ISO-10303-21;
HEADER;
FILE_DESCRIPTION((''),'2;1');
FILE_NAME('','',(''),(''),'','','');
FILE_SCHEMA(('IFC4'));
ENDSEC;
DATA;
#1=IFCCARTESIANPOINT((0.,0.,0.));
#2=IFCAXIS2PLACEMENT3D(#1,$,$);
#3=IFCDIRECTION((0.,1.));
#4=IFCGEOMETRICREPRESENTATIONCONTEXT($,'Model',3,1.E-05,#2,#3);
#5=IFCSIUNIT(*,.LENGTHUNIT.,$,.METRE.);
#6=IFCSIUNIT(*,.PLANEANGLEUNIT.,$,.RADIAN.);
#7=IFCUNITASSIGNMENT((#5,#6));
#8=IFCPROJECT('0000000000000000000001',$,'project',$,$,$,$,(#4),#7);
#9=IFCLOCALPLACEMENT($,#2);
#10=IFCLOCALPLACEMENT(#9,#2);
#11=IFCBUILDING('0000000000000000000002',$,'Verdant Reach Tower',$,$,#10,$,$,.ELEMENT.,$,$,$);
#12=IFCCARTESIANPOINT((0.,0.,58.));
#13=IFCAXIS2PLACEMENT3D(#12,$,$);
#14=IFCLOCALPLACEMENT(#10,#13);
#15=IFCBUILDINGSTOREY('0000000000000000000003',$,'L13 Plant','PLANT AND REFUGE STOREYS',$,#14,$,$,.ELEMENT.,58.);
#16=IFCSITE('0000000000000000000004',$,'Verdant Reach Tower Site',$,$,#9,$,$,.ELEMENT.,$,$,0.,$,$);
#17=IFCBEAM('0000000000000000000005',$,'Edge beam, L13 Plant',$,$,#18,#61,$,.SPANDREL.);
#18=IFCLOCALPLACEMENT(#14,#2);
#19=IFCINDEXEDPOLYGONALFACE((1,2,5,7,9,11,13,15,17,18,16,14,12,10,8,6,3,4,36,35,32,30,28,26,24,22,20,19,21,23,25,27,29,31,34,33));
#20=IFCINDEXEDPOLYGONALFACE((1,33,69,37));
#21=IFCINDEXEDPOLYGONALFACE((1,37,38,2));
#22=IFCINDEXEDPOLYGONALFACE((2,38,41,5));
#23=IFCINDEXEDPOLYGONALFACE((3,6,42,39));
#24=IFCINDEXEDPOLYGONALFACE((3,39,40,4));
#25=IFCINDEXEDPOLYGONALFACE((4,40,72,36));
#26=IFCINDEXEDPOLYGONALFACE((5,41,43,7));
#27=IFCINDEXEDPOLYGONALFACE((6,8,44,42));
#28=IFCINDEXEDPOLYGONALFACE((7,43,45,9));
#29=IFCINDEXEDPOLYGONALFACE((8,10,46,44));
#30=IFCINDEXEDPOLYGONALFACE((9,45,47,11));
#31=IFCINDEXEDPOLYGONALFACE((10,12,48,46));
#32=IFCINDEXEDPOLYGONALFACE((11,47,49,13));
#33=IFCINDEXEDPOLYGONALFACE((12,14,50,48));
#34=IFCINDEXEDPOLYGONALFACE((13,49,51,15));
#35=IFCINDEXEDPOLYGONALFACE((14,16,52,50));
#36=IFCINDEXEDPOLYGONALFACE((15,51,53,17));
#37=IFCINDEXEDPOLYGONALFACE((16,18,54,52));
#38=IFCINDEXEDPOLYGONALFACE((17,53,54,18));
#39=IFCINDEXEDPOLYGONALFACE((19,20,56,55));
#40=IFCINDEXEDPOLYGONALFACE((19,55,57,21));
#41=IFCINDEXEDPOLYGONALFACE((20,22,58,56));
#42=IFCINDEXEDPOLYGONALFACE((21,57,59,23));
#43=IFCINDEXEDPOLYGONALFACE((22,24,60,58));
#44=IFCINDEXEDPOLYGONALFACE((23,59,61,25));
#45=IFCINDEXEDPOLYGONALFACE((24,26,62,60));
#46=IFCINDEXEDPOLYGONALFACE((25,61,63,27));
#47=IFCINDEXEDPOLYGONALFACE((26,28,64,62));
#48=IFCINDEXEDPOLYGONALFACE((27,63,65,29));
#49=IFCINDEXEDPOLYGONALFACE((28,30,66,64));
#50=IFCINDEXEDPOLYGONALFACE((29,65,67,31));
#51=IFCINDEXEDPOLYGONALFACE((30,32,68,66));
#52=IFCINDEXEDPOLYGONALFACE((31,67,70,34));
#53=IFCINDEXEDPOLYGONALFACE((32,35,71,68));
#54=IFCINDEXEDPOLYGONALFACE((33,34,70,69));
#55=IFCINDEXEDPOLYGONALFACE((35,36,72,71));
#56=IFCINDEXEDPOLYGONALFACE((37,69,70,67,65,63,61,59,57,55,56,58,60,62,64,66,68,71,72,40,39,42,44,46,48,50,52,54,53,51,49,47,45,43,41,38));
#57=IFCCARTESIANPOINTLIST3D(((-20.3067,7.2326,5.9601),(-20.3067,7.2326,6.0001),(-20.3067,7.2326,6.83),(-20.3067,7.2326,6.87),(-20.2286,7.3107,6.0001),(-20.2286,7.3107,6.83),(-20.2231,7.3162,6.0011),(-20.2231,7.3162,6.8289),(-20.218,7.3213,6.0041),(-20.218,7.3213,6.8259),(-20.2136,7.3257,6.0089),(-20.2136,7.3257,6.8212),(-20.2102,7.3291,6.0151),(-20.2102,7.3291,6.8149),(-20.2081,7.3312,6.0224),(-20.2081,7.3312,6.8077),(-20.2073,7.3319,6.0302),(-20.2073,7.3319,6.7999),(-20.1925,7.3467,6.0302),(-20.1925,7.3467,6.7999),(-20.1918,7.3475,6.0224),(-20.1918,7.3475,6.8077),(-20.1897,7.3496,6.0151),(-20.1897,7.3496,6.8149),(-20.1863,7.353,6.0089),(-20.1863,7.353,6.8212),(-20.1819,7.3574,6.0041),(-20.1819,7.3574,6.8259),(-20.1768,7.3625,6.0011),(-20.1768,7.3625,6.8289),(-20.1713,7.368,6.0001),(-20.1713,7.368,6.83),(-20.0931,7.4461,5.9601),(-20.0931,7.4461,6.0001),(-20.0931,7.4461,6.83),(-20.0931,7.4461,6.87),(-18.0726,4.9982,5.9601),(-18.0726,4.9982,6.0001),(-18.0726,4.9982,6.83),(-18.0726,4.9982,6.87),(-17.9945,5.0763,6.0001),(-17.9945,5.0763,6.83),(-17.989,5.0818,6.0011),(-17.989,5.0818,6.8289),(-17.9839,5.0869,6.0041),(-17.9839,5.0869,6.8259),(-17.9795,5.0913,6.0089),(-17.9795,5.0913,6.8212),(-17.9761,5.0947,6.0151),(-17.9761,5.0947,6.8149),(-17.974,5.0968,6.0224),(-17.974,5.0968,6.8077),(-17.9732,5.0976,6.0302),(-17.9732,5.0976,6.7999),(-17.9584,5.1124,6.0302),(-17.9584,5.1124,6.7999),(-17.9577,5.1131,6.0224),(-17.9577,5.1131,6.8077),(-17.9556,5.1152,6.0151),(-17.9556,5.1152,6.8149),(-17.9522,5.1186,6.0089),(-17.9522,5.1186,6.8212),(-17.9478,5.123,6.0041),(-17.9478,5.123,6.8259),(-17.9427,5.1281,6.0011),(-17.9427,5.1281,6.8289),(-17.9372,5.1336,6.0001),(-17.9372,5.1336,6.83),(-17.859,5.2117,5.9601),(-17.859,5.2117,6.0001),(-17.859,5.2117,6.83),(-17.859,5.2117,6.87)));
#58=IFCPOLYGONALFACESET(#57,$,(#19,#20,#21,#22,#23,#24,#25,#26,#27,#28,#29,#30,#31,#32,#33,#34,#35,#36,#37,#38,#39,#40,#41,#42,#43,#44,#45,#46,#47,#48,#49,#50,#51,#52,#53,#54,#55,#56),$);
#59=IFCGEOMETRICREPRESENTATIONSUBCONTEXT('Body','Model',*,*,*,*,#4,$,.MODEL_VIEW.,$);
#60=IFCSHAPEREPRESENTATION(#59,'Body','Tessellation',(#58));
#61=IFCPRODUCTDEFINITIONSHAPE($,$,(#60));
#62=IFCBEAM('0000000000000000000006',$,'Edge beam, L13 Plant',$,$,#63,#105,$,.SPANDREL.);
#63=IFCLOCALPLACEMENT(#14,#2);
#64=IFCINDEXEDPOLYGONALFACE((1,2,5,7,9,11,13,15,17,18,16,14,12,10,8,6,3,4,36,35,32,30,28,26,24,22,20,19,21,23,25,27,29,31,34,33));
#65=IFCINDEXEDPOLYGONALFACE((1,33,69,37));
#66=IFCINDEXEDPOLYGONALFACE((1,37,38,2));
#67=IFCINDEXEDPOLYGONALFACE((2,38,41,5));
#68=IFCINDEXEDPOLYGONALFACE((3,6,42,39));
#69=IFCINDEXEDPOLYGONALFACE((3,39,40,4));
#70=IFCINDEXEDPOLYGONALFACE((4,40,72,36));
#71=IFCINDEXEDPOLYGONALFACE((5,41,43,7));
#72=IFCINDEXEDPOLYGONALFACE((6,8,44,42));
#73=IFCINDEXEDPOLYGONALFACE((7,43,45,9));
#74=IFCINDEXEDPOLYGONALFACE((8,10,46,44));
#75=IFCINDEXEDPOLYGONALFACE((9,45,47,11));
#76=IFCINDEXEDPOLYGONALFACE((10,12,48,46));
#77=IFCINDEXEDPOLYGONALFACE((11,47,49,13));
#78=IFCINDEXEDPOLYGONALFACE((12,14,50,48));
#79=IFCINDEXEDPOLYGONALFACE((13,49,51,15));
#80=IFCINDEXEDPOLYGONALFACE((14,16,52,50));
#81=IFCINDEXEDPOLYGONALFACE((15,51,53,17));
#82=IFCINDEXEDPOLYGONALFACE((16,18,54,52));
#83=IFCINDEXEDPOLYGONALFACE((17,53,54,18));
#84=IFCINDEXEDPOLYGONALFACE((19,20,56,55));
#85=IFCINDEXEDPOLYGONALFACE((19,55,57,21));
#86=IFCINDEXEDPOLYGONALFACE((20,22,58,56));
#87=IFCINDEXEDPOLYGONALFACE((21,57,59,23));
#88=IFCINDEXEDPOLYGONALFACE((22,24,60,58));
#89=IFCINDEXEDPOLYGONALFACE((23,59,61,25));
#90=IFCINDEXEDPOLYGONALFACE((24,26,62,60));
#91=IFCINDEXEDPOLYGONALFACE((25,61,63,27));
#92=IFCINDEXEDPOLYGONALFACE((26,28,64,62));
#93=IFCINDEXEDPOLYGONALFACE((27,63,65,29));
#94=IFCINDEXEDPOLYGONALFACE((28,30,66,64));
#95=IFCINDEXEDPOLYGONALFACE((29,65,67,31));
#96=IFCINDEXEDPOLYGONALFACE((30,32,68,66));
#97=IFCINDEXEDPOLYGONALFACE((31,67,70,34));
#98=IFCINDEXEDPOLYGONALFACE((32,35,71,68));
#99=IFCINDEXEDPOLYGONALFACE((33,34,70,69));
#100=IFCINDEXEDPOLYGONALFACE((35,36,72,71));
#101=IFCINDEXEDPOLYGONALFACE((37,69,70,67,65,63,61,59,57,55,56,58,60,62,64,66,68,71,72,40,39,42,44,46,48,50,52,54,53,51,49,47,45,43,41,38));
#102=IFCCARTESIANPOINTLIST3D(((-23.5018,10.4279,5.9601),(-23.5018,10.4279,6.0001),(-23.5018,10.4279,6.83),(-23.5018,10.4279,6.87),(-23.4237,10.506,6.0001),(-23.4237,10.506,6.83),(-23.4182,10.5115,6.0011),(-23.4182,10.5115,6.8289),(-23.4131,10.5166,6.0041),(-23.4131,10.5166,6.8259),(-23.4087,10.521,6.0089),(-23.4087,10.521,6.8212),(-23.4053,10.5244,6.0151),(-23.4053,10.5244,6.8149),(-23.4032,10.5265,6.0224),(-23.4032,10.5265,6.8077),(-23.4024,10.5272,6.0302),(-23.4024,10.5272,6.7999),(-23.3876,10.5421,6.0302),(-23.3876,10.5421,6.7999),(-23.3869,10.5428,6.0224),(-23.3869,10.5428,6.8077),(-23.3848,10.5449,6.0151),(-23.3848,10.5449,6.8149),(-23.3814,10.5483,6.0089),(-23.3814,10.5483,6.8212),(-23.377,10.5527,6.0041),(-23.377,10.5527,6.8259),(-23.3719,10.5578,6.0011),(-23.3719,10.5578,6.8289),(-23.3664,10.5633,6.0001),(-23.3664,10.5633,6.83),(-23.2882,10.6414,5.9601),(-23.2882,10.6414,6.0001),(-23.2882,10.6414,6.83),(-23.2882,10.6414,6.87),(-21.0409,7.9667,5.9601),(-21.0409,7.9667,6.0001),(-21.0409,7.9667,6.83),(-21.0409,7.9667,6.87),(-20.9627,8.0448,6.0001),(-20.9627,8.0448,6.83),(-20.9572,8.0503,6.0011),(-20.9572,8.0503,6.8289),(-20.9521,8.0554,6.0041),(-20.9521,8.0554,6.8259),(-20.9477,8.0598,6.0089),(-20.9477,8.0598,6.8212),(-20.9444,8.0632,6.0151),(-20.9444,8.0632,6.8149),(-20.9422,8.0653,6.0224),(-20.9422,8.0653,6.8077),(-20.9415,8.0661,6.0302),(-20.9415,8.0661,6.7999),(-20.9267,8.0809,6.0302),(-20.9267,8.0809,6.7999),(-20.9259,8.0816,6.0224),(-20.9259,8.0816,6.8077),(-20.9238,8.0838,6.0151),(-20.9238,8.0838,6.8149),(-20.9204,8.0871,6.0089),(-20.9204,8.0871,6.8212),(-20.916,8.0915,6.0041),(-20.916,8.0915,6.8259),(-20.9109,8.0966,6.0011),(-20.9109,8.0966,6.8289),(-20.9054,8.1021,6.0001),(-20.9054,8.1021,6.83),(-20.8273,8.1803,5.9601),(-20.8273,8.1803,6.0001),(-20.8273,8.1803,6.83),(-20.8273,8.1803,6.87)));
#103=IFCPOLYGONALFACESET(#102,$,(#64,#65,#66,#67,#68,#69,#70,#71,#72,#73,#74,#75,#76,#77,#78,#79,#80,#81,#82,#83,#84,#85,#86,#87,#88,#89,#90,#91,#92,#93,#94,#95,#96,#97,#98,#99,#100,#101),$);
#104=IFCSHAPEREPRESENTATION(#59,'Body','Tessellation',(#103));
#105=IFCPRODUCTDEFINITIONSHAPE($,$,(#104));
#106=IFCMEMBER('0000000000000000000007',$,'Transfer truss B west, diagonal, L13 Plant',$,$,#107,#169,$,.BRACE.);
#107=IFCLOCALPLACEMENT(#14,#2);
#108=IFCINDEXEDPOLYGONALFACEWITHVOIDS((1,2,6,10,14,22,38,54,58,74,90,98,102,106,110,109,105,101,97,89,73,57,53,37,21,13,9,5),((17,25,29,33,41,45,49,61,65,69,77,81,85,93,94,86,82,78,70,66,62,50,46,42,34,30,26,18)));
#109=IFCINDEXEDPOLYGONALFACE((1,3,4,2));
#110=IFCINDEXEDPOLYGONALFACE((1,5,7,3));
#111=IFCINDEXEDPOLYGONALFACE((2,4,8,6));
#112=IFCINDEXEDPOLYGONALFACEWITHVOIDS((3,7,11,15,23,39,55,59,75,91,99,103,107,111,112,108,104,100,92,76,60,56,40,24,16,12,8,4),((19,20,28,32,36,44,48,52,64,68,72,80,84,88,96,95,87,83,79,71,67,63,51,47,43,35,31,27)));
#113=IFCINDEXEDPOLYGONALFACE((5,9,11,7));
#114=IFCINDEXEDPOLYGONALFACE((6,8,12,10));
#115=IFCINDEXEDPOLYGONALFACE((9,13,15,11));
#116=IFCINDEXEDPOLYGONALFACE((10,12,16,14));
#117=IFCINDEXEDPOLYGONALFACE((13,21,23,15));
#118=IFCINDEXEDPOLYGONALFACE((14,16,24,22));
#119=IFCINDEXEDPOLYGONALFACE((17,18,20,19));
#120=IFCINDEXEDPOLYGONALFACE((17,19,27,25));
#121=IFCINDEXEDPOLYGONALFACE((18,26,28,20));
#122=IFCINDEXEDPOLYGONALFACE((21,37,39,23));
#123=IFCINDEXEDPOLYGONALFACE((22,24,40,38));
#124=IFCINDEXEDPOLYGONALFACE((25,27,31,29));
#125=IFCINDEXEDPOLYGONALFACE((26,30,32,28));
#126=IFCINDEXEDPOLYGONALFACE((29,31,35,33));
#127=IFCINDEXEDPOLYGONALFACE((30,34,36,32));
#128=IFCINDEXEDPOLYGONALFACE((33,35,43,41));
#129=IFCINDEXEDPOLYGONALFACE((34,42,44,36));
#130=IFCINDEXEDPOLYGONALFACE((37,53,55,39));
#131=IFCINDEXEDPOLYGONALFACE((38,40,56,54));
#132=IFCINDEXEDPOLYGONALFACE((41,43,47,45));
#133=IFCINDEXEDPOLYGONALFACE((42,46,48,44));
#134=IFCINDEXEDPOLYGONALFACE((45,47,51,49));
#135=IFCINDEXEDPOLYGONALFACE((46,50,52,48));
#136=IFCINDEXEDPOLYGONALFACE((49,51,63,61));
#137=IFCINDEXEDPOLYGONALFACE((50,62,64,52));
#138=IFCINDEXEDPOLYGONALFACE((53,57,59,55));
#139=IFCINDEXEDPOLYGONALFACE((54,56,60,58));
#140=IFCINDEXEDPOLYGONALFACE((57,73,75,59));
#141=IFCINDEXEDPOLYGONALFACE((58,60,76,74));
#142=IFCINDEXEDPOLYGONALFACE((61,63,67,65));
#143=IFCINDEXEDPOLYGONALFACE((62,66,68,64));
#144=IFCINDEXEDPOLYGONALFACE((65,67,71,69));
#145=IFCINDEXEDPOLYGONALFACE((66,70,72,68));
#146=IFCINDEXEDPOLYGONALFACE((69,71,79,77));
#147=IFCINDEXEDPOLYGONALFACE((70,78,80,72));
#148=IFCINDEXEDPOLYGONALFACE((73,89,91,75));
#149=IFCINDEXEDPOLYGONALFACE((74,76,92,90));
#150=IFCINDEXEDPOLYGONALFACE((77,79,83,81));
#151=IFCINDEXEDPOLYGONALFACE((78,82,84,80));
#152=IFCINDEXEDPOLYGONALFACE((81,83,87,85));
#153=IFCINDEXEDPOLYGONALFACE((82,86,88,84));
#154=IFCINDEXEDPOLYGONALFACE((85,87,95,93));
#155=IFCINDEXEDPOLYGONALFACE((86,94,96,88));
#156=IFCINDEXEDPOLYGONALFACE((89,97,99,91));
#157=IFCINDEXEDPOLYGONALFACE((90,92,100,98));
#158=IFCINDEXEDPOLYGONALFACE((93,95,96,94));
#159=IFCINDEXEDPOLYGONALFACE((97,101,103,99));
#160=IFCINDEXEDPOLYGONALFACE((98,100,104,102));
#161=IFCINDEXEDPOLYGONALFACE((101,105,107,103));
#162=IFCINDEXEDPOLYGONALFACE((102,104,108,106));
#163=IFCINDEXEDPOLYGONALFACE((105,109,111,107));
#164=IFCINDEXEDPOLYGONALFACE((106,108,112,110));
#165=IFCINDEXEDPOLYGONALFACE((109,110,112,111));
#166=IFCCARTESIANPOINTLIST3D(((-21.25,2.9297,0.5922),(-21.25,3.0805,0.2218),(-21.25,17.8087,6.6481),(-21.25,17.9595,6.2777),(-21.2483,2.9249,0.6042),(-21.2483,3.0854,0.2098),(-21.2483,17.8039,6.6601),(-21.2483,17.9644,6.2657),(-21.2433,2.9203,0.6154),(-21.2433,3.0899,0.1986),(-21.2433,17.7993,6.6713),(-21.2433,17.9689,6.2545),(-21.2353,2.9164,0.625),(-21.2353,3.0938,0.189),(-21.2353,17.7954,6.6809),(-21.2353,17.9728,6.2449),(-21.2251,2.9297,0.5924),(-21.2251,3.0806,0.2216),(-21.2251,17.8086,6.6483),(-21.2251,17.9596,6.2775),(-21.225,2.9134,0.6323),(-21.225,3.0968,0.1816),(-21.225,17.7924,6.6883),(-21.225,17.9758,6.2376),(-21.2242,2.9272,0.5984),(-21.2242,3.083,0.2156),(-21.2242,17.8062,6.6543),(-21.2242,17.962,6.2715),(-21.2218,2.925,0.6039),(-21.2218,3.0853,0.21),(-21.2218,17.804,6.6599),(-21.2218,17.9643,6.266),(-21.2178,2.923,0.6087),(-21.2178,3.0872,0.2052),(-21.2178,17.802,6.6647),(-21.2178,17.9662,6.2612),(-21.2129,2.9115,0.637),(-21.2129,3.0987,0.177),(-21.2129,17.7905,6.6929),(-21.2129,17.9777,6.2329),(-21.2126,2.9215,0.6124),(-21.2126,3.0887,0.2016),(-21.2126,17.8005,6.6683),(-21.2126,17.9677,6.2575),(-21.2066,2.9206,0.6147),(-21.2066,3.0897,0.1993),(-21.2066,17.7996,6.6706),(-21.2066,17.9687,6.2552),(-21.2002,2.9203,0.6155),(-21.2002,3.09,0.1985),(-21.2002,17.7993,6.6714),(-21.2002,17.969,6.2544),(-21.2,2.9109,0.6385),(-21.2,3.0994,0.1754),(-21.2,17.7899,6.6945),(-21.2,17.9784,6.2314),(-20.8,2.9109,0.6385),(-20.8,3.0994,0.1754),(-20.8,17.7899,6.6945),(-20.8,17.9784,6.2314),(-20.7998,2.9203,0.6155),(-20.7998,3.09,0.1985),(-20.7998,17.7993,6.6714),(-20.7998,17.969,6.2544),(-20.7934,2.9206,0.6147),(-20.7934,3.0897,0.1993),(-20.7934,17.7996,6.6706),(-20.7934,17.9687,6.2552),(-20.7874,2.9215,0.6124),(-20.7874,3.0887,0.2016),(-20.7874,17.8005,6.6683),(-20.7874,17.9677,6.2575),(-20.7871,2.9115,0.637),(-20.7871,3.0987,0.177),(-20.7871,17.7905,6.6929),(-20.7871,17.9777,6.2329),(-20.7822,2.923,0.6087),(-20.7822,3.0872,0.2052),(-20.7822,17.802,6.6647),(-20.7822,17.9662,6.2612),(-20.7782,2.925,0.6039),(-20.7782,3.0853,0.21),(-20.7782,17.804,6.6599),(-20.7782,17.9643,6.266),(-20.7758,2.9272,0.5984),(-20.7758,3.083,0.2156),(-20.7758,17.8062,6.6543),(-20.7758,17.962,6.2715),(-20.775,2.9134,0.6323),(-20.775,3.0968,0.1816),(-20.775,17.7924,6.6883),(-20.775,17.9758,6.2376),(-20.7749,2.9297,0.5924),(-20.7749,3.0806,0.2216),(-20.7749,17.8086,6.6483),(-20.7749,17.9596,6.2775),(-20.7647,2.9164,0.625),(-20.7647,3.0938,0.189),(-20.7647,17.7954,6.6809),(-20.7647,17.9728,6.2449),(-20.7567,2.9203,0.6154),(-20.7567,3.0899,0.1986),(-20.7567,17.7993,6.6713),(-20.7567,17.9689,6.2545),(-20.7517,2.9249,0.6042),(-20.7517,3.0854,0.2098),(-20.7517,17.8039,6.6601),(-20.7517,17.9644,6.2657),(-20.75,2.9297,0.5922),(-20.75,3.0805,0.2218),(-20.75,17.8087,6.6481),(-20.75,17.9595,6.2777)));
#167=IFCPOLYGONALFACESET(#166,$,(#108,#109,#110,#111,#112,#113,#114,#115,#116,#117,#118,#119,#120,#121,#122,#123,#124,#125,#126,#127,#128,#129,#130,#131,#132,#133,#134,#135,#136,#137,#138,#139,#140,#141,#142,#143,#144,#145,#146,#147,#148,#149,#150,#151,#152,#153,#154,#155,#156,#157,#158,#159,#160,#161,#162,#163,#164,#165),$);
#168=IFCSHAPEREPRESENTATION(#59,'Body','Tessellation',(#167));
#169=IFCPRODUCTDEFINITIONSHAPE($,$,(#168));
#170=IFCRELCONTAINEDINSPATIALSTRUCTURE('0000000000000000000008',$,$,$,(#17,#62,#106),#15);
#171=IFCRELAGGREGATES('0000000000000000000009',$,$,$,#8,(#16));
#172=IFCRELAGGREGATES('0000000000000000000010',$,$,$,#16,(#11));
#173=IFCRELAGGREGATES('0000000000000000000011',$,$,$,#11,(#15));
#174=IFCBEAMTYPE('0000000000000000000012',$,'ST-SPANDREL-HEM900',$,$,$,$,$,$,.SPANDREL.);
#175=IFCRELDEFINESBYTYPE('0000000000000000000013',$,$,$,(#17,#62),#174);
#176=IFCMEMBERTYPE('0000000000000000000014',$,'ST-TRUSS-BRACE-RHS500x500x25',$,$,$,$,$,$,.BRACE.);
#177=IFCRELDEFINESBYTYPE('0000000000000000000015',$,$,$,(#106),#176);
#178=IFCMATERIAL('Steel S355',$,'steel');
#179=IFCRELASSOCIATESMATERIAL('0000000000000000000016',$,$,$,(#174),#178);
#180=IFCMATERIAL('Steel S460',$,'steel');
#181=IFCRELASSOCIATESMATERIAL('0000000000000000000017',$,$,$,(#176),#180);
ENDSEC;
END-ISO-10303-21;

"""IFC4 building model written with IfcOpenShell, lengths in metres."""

from ifc_helpers import new_model, si_unit, direction, frame, origin, origin_2d, place, context, subcontext, project, spatial, hollow_rectangle, i_section, extrude, material, material_profile, profile_set, type_object, element, save


model = new_model("IFC4")

# Units and contexts
model_context = context("Model", 3, precision=1e-05, world=origin(), true_north=direction((0.0, 1.0)))
body_context = subcontext(model_context, "Body", "Model", "MODEL_VIEW")
ifc_project = project(units=[si_unit("LENGTHUNIT", "METRE"), si_unit("PLANEANGLEUNIT", "RADIAN")], contexts=[model_context])

# Site, building, storey
site_placement = place(None, origin())
site = spatial("IfcSite", under=ifc_project, at=site_placement, Name="Verdant Reach Tower Site", CompositionType="ELEMENT", RefElevation=0.0)
building_placement = place(site_placement, origin())
building = spatial("IfcBuilding", under=site, at=building_placement, Name="Verdant Reach Tower", CompositionType="ELEMENT")
storey_placement = place(building_placement, frame((0.0, 0.0, 58.0)))
storey = spatial("IfcBuildingStorey", under=building, at=storey_placement, Name="L13 Plant", Description="PLANT AND REFUGE STOREYS", CompositionType="ELEMENT", Elevation=58.0)

# Shared definitions
ifc_material_1 = material(Name="Steel S460", Category="steel")

# Beams
ifc_material_2 = material(Name="Steel S355", Category="steel")
ifc_material_profile_1 = material_profile(ifc_material_2, i_section(OverallWidth=0.302, OverallDepth=0.9099, WebThickness=0.021, FlangeThickness=0.04, FilletRadius=0.03, at=origin_2d()), Name="HEM 900")
ifc_profile_set_1 = profile_set([ifc_material_profile_1], Name="Steel S355")
beam_type = type_object("IfcBeamType", Name="ST-SPANDREL-HEM900", PredefinedType="SPANDREL", material=ifc_profile_set_1)
beam_1_placement = place(storey_placement, frame((-17.9658, 5.105, 6.415), z_axis=(-0.707068, 0.707145, 0.0), x_axis=(-0.707145, -0.707068, 0.0)))
element("IfcBeam", 1, at=beam_1_placement, inside=storey, type_object=beam_type, Name="Edge beam, L13 Plant", PredefinedType="SPANDREL", context=body_context, shape_type="SweptSolid", body=[
    extrude(i_section(OverallWidth=0.302, OverallDepth=0.9099, WebThickness=0.021, FlangeThickness=0.04, FilletRadius=0.03, at=origin_2d()), origin(), (0.0, 0.0, 1.0), 3.1597),
])
beam_2_placement = place(storey_placement, frame((-20.9341, 8.0735, 6.415), z_axis=(-0.707072, 0.707142, 0.0), x_axis=(-0.707142, -0.707072, 0.0)))
element("IfcBeam", 2, at=beam_2_placement, inside=storey, type_object=beam_type, Name="Edge beam, L13 Plant", PredefinedType="SPANDREL", context=body_context, shape_type="SweptSolid", body=[
    extrude(i_section(OverallWidth=0.302, OverallDepth=0.9099, WebThickness=0.021, FlangeThickness=0.04, FilletRadius=0.03, at=origin_2d()), origin(), (0.0, 0.0, 1.0), 3.4805),
])

# Member
ifc_material_profile_2 = material_profile(ifc_material_1, hollow_rectangle(XDim=0.5, YDim=0.5, WallThickness=0.0249, InnerFilletRadius=0.0249, OuterFilletRadius=0.05, at=origin_2d()), Name="RHS 500x500x25")
ifc_profile_set_2 = profile_set([ifc_material_profile_2], Name="Steel S460")
member_type_1 = type_object("IfcMemberType", Name="ST-TRUSS-BRACE-RHS500x500x25", PredefinedType="BRACE", material=ifc_profile_set_2)
member_1_placement = place(storey_placement, frame((-21.0, 3.0051, 0.407), z_axis=(0.0, 0.92622, 0.376984), x_axis=(-1.0, 0.0, 0.0)))
element("IfcMember", 3, at=member_1_placement, inside=storey, type_object=member_type_1, Name="Transfer truss B west, diagonal, L13 Plant", PredefinedType="BRACE", context=body_context, shape_type="SweptSolid", body=[
    extrude(hollow_rectangle(XDim=0.5, YDim=0.5, WallThickness=0.0249, InnerFilletRadius=0.0249, OuterFilletRadius=0.05, at=origin_2d()), origin(), (0.0, 0.0, 1.0), 16.0642),
])

save(model, "model.ifc")
